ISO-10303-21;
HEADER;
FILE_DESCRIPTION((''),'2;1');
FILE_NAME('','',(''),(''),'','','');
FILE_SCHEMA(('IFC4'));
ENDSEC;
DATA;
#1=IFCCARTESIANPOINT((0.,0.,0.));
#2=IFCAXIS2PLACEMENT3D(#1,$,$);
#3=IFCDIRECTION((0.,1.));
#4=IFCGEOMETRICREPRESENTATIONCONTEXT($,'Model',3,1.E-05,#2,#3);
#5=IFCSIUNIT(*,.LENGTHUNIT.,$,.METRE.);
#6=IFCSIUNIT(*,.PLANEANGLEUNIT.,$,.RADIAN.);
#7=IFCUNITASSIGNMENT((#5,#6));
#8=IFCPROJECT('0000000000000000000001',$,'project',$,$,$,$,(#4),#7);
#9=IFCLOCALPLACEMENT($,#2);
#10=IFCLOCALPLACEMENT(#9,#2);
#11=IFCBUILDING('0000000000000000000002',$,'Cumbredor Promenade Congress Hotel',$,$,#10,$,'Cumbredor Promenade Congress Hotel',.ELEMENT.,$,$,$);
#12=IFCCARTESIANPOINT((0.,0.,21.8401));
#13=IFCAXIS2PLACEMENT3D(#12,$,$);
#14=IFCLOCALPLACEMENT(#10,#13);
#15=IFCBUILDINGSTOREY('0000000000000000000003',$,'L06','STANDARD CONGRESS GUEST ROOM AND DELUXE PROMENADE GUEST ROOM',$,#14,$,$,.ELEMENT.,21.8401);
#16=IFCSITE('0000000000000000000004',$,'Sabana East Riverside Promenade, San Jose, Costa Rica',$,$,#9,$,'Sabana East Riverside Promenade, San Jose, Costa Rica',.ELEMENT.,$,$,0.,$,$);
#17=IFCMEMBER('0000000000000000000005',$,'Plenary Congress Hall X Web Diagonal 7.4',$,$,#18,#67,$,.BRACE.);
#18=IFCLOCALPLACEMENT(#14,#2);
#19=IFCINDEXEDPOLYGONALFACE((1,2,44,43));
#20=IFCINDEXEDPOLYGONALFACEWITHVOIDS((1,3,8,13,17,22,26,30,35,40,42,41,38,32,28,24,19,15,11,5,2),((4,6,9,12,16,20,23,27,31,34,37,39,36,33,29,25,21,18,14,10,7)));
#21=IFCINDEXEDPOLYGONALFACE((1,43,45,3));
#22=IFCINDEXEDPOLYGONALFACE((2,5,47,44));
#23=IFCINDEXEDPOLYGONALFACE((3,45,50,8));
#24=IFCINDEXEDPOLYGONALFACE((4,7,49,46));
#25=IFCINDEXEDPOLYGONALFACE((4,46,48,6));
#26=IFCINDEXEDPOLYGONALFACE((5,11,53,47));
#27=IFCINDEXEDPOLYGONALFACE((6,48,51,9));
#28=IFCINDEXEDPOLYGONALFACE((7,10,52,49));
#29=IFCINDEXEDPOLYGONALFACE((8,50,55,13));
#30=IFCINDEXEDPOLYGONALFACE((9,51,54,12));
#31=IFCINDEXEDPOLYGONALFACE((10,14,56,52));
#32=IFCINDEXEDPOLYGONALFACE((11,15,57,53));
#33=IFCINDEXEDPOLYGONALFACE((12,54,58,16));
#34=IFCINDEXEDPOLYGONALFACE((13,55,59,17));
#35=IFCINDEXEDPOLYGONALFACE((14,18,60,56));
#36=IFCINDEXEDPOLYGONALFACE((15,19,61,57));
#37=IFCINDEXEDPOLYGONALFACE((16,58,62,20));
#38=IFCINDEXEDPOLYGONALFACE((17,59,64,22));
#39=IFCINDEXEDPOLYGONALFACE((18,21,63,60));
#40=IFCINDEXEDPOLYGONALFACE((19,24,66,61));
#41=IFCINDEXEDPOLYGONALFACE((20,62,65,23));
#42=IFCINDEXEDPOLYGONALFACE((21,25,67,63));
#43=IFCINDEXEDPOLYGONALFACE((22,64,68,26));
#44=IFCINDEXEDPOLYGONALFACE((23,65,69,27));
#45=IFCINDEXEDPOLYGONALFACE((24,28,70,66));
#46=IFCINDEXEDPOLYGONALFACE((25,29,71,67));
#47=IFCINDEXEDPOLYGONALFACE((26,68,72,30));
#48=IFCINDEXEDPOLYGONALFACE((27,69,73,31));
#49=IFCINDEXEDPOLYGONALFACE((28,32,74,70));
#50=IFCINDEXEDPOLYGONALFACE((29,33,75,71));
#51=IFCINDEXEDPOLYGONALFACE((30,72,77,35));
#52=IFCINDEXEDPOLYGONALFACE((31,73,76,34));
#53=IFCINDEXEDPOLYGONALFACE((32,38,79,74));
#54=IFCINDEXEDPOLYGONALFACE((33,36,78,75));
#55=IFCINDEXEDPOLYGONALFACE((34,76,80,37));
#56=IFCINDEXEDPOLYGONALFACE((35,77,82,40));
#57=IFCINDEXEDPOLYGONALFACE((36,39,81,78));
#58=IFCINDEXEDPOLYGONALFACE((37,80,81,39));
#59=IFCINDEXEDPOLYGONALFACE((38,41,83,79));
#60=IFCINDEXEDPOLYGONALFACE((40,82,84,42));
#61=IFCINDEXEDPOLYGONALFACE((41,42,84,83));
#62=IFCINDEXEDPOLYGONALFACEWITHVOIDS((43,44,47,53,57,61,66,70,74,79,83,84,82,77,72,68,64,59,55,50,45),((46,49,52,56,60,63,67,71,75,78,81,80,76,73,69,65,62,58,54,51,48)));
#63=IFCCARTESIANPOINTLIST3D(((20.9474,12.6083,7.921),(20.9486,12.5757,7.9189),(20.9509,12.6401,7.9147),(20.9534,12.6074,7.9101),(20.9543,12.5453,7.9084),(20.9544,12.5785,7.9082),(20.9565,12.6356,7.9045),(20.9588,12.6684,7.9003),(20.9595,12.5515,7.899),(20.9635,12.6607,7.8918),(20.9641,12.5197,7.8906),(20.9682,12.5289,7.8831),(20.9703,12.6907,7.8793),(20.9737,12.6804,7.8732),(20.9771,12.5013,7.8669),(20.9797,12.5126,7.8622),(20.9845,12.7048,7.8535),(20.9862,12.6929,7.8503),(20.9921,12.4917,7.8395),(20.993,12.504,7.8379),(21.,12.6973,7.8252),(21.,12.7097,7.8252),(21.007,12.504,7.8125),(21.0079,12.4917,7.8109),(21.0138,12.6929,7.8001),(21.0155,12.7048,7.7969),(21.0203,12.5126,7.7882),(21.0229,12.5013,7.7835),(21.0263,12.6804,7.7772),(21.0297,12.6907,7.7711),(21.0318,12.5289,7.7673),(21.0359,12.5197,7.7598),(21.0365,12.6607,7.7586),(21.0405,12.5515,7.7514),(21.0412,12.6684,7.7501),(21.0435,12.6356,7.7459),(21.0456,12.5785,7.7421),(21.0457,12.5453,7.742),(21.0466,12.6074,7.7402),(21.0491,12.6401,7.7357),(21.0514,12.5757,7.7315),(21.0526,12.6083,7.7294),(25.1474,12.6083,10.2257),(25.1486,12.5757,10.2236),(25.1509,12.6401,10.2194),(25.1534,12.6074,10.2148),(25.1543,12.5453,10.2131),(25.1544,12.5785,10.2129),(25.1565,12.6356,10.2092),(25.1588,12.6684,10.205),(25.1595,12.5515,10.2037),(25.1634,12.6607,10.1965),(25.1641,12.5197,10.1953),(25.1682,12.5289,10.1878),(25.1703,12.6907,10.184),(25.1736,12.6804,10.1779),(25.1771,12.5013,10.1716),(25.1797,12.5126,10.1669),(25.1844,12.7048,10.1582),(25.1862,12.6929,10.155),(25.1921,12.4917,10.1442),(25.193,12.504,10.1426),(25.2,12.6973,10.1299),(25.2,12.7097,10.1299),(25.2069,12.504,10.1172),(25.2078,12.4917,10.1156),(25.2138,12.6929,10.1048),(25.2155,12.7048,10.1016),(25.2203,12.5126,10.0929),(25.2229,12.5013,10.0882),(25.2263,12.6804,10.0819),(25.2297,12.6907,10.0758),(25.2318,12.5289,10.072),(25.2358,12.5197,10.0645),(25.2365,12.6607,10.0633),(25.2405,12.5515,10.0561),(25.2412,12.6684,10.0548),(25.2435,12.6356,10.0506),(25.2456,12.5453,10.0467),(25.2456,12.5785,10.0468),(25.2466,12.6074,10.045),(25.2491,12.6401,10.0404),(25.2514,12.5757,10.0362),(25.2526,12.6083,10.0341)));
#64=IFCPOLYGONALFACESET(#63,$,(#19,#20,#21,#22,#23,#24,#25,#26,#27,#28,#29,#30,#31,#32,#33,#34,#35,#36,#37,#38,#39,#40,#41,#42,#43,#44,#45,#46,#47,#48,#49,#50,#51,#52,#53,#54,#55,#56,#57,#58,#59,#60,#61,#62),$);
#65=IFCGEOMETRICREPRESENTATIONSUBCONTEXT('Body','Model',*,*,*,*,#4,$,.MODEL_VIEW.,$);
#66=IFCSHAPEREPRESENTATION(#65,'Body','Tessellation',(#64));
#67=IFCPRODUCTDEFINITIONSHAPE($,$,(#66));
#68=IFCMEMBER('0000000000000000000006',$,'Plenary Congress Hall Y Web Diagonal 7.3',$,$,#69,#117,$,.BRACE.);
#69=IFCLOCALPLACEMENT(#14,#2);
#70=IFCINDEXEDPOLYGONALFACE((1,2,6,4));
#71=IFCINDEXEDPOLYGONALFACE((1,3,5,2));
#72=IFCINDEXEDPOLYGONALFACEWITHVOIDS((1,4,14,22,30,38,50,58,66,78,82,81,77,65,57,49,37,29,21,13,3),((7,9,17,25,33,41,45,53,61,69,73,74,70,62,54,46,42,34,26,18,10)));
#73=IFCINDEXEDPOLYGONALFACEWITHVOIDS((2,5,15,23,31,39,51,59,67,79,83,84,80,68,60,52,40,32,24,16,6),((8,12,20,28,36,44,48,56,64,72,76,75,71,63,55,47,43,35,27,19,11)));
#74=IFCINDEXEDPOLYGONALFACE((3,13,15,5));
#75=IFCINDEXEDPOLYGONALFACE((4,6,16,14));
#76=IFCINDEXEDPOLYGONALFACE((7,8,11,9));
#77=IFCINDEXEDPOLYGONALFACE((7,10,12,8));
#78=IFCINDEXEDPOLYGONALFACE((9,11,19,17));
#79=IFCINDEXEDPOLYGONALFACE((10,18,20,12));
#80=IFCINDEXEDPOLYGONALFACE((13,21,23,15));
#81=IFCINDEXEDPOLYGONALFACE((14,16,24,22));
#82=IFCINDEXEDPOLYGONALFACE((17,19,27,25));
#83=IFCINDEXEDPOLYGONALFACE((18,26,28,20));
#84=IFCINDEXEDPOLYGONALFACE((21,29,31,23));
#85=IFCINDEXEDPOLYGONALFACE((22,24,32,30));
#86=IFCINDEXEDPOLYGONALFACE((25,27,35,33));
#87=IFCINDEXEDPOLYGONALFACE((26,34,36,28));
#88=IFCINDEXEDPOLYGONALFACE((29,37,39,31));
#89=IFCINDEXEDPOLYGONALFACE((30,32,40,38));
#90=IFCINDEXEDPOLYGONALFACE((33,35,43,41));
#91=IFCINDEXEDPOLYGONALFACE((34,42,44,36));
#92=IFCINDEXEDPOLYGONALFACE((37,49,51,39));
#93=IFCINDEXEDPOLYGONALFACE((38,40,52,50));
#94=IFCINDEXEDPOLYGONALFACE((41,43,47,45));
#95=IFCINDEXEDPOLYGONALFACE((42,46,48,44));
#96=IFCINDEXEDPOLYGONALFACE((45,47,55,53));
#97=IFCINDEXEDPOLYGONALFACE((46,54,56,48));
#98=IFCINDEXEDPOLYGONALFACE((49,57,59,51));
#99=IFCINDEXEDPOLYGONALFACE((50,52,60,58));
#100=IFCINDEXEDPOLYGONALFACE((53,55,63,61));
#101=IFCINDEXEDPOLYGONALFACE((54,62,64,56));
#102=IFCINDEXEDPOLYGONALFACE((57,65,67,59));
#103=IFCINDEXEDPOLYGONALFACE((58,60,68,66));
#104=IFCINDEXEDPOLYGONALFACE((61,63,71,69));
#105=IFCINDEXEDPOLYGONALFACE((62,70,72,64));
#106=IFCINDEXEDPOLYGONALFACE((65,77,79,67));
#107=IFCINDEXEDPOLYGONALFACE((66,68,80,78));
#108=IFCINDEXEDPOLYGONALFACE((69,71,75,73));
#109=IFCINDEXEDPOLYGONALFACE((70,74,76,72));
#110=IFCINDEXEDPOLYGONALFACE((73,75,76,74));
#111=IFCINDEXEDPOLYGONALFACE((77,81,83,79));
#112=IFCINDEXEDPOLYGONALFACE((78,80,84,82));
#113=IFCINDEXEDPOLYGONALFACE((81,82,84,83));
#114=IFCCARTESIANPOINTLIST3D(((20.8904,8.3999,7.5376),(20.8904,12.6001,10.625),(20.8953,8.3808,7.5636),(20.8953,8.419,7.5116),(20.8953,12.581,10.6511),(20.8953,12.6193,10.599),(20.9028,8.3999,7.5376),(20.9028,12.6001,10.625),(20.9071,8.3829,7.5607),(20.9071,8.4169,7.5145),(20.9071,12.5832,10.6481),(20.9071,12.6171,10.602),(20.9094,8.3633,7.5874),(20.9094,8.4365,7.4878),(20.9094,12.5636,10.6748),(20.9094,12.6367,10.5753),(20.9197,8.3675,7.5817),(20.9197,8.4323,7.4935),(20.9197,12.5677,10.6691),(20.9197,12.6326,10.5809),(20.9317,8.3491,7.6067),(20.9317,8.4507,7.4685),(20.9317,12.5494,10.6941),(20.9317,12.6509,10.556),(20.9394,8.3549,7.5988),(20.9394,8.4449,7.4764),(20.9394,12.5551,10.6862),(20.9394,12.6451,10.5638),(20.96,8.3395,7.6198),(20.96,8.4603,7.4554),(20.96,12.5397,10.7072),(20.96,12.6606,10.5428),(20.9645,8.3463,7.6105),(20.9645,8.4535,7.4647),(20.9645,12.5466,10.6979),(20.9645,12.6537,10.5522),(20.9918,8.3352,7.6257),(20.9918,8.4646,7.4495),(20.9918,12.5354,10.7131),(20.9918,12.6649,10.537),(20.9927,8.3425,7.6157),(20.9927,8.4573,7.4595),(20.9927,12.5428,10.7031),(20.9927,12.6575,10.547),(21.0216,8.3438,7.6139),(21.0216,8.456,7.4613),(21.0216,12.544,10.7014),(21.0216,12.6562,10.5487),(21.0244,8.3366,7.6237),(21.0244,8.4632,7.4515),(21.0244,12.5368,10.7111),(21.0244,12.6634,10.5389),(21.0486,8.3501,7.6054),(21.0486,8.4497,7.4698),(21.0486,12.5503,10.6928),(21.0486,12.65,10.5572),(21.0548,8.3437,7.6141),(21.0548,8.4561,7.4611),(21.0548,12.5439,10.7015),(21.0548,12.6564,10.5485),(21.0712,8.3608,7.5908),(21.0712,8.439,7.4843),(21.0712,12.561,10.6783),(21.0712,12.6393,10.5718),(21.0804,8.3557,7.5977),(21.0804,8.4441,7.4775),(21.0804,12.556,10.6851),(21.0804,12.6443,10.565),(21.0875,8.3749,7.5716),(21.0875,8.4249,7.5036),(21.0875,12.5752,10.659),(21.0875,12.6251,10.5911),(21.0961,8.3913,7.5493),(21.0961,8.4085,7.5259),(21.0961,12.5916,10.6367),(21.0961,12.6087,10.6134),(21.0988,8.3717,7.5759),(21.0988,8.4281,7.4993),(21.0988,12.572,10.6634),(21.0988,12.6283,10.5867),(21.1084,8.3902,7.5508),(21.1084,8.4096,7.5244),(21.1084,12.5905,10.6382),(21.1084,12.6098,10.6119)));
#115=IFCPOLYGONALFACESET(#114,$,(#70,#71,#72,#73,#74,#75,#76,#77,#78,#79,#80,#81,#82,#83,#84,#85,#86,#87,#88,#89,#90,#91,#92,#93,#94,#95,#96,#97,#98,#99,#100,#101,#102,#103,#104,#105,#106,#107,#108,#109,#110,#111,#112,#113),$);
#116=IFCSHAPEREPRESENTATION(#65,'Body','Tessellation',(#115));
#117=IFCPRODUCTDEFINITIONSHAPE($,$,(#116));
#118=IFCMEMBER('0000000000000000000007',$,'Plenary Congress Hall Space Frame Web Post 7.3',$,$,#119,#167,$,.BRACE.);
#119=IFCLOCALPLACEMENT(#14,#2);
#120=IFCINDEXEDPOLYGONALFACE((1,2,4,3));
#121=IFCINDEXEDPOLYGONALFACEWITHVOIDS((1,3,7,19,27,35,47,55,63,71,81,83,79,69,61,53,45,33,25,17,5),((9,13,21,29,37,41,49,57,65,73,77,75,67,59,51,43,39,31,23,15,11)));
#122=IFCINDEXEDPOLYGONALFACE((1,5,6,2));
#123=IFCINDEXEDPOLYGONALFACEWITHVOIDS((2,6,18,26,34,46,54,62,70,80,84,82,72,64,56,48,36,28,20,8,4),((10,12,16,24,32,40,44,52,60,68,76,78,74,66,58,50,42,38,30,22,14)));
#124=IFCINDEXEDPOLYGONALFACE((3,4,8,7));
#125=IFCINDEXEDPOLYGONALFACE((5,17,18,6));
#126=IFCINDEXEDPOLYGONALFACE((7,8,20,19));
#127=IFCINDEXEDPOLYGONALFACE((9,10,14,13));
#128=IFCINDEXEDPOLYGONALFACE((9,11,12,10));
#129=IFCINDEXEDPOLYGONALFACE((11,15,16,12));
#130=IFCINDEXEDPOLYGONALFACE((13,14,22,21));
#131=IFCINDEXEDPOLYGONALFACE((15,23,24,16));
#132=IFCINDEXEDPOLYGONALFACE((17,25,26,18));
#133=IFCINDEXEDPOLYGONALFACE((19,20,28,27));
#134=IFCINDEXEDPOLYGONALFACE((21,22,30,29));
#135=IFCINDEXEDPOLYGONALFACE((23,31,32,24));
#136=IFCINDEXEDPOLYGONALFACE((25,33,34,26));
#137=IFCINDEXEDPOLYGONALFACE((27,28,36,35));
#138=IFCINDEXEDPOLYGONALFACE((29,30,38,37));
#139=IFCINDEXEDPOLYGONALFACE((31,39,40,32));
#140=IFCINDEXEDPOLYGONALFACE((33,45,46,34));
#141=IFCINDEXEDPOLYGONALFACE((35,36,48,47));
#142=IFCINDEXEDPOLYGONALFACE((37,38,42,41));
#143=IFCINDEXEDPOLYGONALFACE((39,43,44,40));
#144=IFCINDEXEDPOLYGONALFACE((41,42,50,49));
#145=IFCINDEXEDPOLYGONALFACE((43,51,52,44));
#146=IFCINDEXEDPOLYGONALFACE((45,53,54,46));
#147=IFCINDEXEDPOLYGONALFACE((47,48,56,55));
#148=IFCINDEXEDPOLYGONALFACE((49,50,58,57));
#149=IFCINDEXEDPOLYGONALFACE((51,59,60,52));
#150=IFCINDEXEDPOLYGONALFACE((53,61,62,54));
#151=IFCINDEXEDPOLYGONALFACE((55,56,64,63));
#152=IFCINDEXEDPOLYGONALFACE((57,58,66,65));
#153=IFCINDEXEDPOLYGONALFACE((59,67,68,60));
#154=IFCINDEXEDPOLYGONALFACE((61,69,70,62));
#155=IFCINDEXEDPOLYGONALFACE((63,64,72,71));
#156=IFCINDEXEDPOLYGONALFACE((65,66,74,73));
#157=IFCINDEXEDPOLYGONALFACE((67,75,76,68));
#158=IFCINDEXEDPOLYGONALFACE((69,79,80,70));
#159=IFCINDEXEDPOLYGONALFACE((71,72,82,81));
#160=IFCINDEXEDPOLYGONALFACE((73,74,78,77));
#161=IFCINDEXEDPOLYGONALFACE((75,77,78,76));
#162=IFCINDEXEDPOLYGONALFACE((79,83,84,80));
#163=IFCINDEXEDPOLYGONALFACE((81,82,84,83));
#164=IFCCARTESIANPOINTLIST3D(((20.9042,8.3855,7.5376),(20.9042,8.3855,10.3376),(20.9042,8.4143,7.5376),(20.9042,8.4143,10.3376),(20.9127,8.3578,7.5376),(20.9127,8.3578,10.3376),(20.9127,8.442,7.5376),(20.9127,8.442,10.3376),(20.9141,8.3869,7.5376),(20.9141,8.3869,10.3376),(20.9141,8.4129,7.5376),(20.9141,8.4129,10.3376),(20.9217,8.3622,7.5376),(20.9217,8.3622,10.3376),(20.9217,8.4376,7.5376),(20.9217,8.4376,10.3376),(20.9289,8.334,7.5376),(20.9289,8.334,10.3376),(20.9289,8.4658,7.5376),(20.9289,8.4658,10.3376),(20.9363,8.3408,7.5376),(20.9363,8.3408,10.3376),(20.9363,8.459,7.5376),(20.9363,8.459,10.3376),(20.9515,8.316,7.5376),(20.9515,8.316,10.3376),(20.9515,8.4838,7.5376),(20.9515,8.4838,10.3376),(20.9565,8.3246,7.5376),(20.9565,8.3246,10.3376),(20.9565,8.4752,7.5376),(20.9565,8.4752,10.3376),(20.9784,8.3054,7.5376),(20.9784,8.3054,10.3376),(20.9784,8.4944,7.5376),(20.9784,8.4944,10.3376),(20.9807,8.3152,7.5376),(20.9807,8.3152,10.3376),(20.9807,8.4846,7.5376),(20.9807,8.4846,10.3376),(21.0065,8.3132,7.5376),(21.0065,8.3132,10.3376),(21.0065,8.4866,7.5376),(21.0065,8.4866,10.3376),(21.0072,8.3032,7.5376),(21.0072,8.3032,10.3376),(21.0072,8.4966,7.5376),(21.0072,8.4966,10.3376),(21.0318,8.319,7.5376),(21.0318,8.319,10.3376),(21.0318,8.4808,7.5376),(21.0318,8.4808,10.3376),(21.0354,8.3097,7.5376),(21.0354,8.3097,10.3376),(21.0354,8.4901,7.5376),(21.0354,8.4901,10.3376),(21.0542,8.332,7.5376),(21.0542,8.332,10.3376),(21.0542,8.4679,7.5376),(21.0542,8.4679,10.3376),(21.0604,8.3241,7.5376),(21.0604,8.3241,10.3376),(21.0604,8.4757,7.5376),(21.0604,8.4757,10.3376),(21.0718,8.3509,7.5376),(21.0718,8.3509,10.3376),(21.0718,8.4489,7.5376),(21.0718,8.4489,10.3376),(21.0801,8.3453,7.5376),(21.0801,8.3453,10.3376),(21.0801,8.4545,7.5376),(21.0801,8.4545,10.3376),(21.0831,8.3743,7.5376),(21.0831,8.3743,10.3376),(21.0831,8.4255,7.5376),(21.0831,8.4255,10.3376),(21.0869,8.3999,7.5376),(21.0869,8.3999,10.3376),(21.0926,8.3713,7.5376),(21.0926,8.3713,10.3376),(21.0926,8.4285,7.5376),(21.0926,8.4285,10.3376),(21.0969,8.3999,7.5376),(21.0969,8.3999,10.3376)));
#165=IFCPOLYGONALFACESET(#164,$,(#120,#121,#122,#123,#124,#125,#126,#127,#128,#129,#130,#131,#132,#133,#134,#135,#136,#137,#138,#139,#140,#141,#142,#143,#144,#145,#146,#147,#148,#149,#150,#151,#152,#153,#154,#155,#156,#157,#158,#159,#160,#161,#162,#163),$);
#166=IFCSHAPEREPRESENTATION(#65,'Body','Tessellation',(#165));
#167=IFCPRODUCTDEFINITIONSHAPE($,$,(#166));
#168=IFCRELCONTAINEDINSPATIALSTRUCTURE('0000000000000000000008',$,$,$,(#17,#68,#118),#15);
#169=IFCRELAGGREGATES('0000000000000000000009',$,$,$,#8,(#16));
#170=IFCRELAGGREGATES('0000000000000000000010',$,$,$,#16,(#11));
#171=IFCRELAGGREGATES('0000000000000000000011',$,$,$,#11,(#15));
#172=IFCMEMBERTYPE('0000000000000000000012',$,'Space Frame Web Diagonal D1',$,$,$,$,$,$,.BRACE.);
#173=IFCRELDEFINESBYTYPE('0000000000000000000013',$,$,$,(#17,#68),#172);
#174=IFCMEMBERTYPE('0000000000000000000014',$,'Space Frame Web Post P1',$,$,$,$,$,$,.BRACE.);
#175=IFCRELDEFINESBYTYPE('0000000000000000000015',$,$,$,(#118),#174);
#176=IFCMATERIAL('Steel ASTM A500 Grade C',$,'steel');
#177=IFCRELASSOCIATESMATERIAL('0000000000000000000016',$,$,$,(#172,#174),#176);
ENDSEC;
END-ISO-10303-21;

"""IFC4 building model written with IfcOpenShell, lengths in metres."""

from ifc_helpers import new_model, si_unit, direction, frame, origin, origin_2d, place, context, subcontext, project, spatial, hollow_circle, extrude, material, material_profile, profile_set, type_object, element, save


model = new_model("IFC4")

# Units and contexts
model_context = context("Model", 3, precision=1e-05, world=origin(), true_north=direction((0.0, 1.0)))
body_context = subcontext(model_context, "Body", "Model", "MODEL_VIEW")
ifc_project = project(units=[si_unit("LENGTHUNIT", "METRE"), si_unit("PLANEANGLEUNIT", "RADIAN")], contexts=[model_context])

# Site, building, storey
site_placement = place(None, origin())
site = spatial("IfcSite", under=ifc_project, at=site_placement, Name="Sabana East Riverside Promenade, San Jose, Costa Rica", LongName="Sabana East Riverside Promenade, San Jose, Costa Rica", CompositionType="ELEMENT", RefElevation=0.0)
building_placement = place(site_placement, origin())
building = spatial("IfcBuilding", under=site, at=building_placement, Name="Cumbredor Promenade Congress Hotel", LongName="Cumbredor Promenade Congress Hotel", CompositionType="ELEMENT")
storey_placement = place(building_placement, frame((0.0, 0.0, 21.8401)))
storey = spatial("IfcBuildingStorey", under=building, at=storey_placement, Name="L06", Description="STANDARD CONGRESS GUEST ROOM AND DELUXE PROMENADE GUEST ROOM", CompositionType="ELEMENT", Elevation=21.8401)

# Members
ifc_material_1 = material(Name="Steel ASTM A500 Grade C", Category="steel")
ifc_material_profile_1 = material_profile(ifc_material_1, hollow_circle(Radius=0.1096, WallThickness=0.0125, at=origin_2d()), Name="CHS 219.1x12.5")
ifc_profile_set_1 = profile_set([ifc_material_profile_1], Name="Steel ASTM A500 Grade C")
member_type_1 = type_object("IfcMemberType", Name="Space Frame Web Diagonal D1", PredefinedType="BRACE", material=ifc_profile_set_1)
member_1_placement = place(storey_placement, frame((21.0, 12.6001, 7.8252), z_axis=(0.876681, 0.0, 0.481071), x_axis=(0.0, 1.0, 0.0)))
element("IfcMember", 1, at=member_1_placement, inside=storey, type_object=member_type_1, Name="Plenary Congress Hall X Web Diagonal 7.4", PredefinedType="BRACE", context=body_context, shape_type="SweptSolid", body=[
    extrude(hollow_circle(Radius=0.1096, WallThickness=0.0125, at=origin_2d()), origin(), (0.0, 0.0, 1.0), 4.7908),
])
member_2_placement = place(storey_placement, frame((21.0, 8.3999, 7.5376), z_axis=(0.0, 0.80574, 0.592269), x_axis=(-1.0, 0.0, 0.0)))
element("IfcMember", 2, at=member_2_placement, inside=storey, type_object=member_type_1, Name="Plenary Congress Hall Y Web Diagonal 7.3", PredefinedType="BRACE", context=body_context, shape_type="SweptSolid", body=[
    extrude(hollow_circle(Radius=0.1096, WallThickness=0.0125, at=origin_2d()), origin(), (0.0, 0.0, 1.0), 5.2129),
])
ifc_material_profile_2 = material_profile(ifc_material_1, hollow_circle(Radius=0.0969, WallThickness=0.01, at=origin_2d()), Name="CHS 193.7x10")
ifc_profile_set_2 = profile_set([ifc_material_profile_2], Name="Steel ASTM A500 Grade C")
member_type_2 = type_object("IfcMemberType", Name="Space Frame Web Post P1", PredefinedType="BRACE", material=ifc_profile_set_2)
member_3_placement = place(storey_placement, frame((21.0, 8.3999, 7.5376), z_axis=(0.0, 0.0, 1.0), x_axis=(1.0, 0.0, 0.0)))
element("IfcMember", 3, at=member_3_placement, inside=storey, type_object=member_type_2, Name="Plenary Congress Hall Space Frame Web Post 7.3", PredefinedType="BRACE", context=body_context, shape_type="SweptSolid", body=[
    extrude(hollow_circle(Radius=0.0969, WallThickness=0.01, at=origin_2d()), origin(), (0.0, 0.0, 1.0), 2.8),
])

save(model, "model.ifc")
